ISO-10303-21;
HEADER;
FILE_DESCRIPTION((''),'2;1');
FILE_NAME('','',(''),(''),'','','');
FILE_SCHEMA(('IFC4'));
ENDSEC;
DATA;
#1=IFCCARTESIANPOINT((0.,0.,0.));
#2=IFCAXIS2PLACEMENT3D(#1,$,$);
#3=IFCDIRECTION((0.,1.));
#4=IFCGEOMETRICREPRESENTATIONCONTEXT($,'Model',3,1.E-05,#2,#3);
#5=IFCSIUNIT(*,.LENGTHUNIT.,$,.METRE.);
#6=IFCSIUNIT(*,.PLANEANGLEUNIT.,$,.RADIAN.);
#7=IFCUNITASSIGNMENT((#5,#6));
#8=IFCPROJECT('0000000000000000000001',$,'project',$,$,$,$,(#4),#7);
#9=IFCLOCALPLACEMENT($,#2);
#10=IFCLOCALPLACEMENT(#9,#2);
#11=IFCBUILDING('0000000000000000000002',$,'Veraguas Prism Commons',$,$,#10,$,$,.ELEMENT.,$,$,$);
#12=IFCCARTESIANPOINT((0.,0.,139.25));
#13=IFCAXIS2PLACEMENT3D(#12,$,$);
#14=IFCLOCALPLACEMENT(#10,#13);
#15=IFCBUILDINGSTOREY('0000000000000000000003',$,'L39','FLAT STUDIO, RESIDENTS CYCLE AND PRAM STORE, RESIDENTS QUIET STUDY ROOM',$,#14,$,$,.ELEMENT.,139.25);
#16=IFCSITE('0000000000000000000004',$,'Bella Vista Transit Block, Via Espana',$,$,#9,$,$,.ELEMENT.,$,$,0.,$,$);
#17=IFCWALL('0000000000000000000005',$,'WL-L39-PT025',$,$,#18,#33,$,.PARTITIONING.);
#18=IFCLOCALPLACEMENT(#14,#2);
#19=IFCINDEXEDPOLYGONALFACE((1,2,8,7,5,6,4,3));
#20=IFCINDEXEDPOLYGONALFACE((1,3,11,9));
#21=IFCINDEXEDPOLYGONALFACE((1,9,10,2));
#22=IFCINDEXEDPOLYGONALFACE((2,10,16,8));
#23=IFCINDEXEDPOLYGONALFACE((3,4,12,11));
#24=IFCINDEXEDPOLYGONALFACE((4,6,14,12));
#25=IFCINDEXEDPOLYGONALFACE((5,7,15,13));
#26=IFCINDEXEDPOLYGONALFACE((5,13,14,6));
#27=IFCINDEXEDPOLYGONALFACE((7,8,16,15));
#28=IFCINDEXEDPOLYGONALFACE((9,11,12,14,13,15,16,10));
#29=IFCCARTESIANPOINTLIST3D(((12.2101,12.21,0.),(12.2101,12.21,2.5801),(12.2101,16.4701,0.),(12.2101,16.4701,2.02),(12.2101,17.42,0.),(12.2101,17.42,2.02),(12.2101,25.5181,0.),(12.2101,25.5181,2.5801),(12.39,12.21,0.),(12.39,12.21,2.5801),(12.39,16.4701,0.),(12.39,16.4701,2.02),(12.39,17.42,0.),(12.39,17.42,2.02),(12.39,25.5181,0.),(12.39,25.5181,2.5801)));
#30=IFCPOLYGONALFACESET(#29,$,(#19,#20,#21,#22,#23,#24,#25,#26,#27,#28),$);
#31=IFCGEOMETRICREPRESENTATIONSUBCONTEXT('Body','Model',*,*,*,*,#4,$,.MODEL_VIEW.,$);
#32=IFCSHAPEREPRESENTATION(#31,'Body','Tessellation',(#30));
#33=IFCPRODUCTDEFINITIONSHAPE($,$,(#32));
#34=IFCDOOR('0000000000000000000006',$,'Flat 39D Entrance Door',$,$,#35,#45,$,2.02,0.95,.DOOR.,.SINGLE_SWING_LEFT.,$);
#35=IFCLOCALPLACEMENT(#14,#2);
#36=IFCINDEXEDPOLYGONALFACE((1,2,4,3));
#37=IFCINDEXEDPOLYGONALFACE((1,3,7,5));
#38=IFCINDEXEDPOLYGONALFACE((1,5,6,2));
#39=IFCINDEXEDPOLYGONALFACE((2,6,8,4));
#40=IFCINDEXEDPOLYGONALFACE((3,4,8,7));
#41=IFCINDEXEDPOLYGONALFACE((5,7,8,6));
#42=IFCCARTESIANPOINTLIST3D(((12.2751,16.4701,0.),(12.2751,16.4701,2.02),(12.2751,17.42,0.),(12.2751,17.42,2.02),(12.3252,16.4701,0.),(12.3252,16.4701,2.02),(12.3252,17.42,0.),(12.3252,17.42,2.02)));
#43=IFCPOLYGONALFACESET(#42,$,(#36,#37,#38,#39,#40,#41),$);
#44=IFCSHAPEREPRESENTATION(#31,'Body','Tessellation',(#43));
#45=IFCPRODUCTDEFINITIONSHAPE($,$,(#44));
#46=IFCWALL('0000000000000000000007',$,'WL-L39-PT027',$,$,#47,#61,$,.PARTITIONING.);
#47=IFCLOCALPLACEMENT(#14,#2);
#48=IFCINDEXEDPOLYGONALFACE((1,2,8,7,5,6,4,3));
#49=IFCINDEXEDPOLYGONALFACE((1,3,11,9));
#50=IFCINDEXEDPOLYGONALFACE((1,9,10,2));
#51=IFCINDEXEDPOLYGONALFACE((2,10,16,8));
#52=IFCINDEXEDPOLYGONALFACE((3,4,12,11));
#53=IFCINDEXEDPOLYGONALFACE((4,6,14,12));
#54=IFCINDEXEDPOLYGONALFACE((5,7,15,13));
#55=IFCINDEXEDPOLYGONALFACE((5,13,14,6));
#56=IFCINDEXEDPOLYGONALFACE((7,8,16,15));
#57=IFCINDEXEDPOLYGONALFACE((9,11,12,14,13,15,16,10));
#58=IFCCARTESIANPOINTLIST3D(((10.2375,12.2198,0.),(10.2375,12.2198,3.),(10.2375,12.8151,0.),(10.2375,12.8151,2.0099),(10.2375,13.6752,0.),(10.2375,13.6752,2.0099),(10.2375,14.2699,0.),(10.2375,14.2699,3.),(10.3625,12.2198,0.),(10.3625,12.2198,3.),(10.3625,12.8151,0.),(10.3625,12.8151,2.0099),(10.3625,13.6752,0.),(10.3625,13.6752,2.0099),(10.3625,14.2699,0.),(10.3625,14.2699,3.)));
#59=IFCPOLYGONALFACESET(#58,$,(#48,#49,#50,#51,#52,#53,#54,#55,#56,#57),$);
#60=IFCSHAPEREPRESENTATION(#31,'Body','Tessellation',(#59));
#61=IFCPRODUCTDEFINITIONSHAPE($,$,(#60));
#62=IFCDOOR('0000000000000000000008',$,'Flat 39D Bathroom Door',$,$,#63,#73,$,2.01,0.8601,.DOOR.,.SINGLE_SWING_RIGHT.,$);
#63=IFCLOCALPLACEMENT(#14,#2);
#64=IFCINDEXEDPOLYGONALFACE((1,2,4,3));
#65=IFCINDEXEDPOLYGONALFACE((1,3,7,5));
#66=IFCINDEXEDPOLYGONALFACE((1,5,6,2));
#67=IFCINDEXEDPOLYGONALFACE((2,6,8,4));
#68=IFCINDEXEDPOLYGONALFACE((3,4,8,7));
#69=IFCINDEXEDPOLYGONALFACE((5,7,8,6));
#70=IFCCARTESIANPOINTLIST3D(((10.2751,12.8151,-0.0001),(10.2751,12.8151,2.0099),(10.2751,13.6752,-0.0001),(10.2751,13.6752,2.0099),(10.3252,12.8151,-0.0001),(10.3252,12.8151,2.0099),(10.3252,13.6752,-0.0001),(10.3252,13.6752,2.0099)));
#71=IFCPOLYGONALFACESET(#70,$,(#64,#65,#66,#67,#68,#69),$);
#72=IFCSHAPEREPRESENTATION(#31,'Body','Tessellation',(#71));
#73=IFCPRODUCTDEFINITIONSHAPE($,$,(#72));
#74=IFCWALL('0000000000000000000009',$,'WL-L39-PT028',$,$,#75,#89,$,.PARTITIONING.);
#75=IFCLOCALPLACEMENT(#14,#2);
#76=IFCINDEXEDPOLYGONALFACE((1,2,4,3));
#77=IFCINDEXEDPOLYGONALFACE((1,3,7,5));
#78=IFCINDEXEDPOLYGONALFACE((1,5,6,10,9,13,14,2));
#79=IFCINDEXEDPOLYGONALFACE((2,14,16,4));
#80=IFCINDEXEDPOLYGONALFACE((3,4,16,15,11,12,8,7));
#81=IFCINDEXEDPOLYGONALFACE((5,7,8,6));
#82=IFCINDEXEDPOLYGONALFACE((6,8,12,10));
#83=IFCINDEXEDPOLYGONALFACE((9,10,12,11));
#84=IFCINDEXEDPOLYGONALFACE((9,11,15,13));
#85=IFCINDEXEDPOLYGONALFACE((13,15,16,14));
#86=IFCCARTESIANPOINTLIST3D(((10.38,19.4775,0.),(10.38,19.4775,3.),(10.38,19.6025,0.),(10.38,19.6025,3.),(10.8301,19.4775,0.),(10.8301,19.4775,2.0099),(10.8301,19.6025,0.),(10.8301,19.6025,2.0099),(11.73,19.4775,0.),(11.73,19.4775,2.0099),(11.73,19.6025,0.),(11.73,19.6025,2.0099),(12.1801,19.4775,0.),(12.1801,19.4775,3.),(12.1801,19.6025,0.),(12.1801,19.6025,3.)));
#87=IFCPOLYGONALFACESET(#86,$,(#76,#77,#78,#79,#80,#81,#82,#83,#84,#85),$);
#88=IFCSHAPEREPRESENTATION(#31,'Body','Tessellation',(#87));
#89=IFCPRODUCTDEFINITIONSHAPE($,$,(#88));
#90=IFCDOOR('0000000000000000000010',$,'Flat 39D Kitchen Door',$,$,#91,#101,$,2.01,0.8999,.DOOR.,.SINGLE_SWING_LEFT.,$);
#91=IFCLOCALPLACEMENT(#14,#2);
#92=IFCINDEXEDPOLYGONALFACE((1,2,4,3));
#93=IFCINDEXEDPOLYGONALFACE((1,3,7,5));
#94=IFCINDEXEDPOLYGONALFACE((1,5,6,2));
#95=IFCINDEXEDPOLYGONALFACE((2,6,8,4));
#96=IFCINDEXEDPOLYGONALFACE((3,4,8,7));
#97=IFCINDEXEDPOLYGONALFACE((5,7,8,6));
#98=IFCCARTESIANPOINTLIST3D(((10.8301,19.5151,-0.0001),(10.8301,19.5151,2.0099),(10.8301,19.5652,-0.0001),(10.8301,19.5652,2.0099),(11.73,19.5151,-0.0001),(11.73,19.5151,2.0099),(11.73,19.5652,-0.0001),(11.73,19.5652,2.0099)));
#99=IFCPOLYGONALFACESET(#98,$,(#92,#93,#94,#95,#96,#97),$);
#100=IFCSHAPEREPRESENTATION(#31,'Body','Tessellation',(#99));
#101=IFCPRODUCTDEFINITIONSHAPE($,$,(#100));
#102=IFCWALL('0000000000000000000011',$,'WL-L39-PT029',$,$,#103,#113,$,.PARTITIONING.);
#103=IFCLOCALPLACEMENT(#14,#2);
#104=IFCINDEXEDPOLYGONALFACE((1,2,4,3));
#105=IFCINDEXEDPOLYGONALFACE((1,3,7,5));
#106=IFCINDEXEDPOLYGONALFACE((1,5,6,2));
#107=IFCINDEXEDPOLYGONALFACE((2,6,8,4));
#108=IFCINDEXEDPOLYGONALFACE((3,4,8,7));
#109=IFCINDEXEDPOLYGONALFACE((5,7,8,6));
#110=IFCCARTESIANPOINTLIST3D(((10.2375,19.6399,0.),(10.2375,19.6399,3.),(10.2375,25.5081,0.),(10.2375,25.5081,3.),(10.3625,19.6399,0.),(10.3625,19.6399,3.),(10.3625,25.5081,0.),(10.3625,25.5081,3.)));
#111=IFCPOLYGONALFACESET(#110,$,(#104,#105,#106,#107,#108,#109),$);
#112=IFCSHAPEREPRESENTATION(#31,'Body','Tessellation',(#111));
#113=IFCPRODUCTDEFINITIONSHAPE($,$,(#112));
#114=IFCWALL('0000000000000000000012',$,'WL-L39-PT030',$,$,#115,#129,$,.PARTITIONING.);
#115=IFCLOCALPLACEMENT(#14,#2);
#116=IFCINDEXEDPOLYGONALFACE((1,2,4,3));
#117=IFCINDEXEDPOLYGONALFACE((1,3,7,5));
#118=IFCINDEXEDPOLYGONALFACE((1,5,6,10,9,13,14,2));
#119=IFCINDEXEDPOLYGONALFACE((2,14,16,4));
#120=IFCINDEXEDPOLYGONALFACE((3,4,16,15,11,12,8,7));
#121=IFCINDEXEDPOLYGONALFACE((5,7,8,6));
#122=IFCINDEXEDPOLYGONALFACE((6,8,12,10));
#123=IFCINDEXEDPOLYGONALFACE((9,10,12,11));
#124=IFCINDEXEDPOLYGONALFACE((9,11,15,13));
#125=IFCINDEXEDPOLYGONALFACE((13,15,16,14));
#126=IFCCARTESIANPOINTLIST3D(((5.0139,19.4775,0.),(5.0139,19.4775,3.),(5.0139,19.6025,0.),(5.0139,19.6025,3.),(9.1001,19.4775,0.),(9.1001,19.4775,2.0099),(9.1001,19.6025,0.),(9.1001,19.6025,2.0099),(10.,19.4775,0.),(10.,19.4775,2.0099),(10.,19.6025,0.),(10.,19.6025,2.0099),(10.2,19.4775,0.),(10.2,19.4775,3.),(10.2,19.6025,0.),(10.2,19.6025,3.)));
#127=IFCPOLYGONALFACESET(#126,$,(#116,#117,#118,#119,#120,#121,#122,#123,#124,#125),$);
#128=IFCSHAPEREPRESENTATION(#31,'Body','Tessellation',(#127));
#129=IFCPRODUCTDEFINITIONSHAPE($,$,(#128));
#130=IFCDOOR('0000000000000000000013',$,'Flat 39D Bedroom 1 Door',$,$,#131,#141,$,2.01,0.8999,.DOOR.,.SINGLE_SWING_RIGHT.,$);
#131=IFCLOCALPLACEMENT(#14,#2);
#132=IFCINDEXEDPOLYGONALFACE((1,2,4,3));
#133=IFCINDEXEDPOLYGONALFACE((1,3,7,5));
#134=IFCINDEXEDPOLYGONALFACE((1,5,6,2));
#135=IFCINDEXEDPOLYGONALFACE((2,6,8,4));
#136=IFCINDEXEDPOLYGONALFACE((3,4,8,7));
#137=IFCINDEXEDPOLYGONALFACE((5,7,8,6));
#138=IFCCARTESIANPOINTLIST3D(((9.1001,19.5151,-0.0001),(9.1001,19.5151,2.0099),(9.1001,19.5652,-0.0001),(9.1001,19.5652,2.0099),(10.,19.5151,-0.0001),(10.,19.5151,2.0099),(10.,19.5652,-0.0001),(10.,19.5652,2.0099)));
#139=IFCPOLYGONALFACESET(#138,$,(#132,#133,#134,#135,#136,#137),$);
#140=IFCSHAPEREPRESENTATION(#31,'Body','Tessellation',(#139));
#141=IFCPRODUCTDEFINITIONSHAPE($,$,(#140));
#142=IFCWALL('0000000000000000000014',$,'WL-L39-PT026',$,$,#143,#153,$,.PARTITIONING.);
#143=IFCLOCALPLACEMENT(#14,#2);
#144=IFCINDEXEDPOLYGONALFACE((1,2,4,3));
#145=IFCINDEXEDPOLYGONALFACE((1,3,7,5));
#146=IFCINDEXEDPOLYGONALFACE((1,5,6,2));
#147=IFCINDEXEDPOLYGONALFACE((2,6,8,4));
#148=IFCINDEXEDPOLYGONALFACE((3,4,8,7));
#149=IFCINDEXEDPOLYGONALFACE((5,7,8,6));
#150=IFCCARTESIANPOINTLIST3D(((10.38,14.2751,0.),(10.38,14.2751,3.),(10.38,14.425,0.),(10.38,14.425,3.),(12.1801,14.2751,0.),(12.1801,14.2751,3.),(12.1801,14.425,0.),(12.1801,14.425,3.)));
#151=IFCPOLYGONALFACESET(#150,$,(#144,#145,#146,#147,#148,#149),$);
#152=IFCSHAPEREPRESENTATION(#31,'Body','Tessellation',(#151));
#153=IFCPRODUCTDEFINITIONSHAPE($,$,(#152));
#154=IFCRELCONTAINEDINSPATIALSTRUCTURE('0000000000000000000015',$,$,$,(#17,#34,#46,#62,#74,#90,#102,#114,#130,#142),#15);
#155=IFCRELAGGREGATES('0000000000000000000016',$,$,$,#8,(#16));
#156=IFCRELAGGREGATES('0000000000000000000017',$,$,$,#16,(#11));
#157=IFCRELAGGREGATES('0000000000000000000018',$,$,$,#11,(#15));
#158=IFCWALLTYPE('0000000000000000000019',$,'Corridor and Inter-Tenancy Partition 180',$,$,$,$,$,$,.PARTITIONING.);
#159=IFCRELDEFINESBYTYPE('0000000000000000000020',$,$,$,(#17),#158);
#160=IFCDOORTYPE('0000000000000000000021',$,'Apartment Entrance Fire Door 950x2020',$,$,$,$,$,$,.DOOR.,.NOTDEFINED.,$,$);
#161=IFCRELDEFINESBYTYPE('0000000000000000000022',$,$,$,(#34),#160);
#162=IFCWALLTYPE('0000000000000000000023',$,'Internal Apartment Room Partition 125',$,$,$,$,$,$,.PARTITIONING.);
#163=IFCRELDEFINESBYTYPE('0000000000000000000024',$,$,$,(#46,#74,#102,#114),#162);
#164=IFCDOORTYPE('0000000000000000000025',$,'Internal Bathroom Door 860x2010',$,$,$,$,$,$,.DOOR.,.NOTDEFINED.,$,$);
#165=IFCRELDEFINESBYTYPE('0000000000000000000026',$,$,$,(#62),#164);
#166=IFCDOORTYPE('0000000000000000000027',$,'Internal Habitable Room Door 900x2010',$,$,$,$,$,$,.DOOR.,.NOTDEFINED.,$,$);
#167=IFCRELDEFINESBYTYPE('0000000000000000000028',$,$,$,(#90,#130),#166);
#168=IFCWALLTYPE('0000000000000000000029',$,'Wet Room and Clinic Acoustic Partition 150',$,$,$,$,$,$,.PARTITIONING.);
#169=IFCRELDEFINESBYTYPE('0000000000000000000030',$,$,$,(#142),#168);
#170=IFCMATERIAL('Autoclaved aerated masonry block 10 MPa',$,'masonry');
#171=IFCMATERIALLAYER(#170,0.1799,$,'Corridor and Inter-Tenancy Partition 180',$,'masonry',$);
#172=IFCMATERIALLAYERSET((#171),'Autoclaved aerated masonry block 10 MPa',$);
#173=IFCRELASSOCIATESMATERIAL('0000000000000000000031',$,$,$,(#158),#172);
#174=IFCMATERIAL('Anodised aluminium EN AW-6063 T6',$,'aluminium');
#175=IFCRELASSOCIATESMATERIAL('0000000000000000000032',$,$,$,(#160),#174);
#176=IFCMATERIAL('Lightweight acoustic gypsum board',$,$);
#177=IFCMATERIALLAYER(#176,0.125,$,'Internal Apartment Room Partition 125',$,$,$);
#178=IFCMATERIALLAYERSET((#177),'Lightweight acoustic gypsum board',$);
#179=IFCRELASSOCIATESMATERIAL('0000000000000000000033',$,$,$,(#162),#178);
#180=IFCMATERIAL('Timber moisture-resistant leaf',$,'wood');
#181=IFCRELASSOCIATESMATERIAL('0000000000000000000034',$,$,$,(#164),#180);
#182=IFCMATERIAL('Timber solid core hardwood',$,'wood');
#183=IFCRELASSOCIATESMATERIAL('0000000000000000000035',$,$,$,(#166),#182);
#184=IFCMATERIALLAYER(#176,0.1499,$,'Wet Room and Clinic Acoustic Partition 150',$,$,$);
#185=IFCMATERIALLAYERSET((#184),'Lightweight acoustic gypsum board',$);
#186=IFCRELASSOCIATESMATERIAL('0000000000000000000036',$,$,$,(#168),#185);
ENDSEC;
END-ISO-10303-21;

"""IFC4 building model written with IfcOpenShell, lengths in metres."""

from ifc_helpers import new_model, si_unit, direction, frame, frame_2d, origin, place, context, subcontext, project, spatial, rectangle, extrude, source, transform, mapped, material, layer, layer_set, type_object, element, fill, save


model = new_model("IFC4")

# Units and contexts
model_context = context("Model", 3, precision=1e-05, world=origin(), true_north=direction((0.0, 1.0)))
body_context = subcontext(model_context, "Body", "Model", "MODEL_VIEW")
ifc_project = project(units=[si_unit("LENGTHUNIT", "METRE"), si_unit("PLANEANGLEUNIT", "RADIAN")], contexts=[model_context])

# Site, building, storey
site_placement = place(None, origin())
site = spatial("IfcSite", under=ifc_project, at=site_placement, Name="Bella Vista Transit Block, Via Espana", CompositionType="ELEMENT", RefElevation=0.0)
building_placement = place(site_placement, origin())
building = spatial("IfcBuilding", under=site, at=building_placement, Name="Veraguas Prism Commons", CompositionType="ELEMENT")
storey_placement = place(building_placement, frame((0.0, 0.0, 139.25)))
storey = spatial("IfcBuildingStorey", under=building, at=storey_placement, Name="L39", Description="FLAT STUDIO, RESIDENTS CYCLE AND PRAM STORE, RESIDENTS QUIET STUDY ROOM", CompositionType="ELEMENT", Elevation=139.25)

# Shared definitions
ifc_material_1 = material(Name="Anodised aluminium EN AW-6063 T6", Category="aluminium")

# Walls, openings, doors
ifc_material_2 = material(Name="Autoclaved aerated masonry block 10 MPa", Category="masonry")
ifc_layer_1 = layer(ifc_material_2, 0.1799, Name="Corridor and Inter-Tenancy Partition 180", Category="masonry")
ifc_layer_set_1 = layer_set([ifc_layer_1], Name="Autoclaved aerated masonry block 10 MPa")
wall_type_1 = type_object("IfcWallType", Name="Corridor and Inter-Tenancy Partition 180", PredefinedType="PARTITIONING", material=ifc_layer_set_1)
wall_1_placement = place(storey_placement, frame((12.3, 12.21, 0.0), z_axis=(0.0, 0.0, 1.0), x_axis=(0.0, 1.0, 0.0)))
wall_1 = element("IfcWall", 1, at=wall_1_placement, inside=storey, type_object=wall_type_1, Name="WL-L39-PT025", PredefinedType="PARTITIONING", context=body_context, shape_type="SweptSolid", body=[
    extrude(rectangle(XDim=13.3081, YDim=0.1799, at=frame_2d((6.6541, 0.0))), origin(), (0.0, 0.0, 1.0), 2.5801),
])
opening_1_placement = place(wall_1_placement, frame((4.26, 0.0, 0.0)))
opening_1 = element("IfcOpeningElement", 2, at=opening_1_placement, cuts=wall_1, PredefinedType="OPENING", context=body_context, shape_type="SweptSolid", body=[
    extrude(rectangle(XDim=0.95, YDim=2.02, at=frame_2d((0.4751, 1.01))), frame((0.0, 0.0999, 0.0), z_axis=(0.0, -1.0, 0.0), x_axis=(1.0, 0.0, 0.0)), (0.0, 0.0, 1.0), 0.2),
])
door_type_1 = type_object("IfcDoorType", Name="Apartment Entrance Fire Door 950x2020", OperationType="NOTDEFINED", PredefinedType="DOOR", material=ifc_material_1)
shared_shape_1 = source(origin(), body_context, "Body", "SweptSolid", [
    extrude(rectangle(XDim=0.95, YDim=2.02, at=frame_2d((0.4751, 1.01))), frame((0.0, 0.0249, 0.0), z_axis=(0.0, -1.0, 0.0), x_axis=(1.0, 0.0, 0.0)), (0.0, 0.0, 1.0), 0.05),
])
door_1_placement = place(opening_1_placement, origin())
door_1 = element("IfcDoor", 3, at=door_1_placement, inside=storey, type_object=door_type_1, Name="Flat 39D Entrance Door", OperationType="SINGLE_SWING_LEFT", OverallHeight=2.02, OverallWidth=0.95, PredefinedType="DOOR", context=body_context, shape_type="MappedRepresentation", body=[
    mapped(shared_shape_1, transform((0.0, 0.0, 0.0), scale=1.0)),
])
fill(opening_1, door_1)
ifc_material_3 = material(Name="Lightweight acoustic gypsum board")
ifc_layer_2 = layer(ifc_material_3, 0.125, Name="Internal Apartment Room Partition 125")
ifc_layer_set_2 = layer_set([ifc_layer_2], Name="Lightweight acoustic gypsum board")
wall_type_2 = type_object("IfcWallType", Name="Internal Apartment Room Partition 125", PredefinedType="PARTITIONING", material=ifc_layer_set_2)
wall_2_placement = place(storey_placement, frame((10.3, 12.22, 0.0), z_axis=(0.0, 0.0, 1.0), x_axis=(0.0, 1.0, 0.0)))
wall_2 = element("IfcWall", 4, at=wall_2_placement, inside=storey, type_object=wall_type_2, Name="WL-L39-PT027", PredefinedType="PARTITIONING", context=body_context, shape_type="SweptSolid", body=[
    extrude(rectangle(XDim=2.05, YDim=0.125, at=frame_2d((1.0249, 0.0))), origin(), (0.0, 0.0, 1.0), 3.0),
])
opening_2_placement = place(wall_2_placement, frame((0.595, 0.0, 0.0)))
opening_2 = element("IfcOpeningElement", 5, at=opening_2_placement, cuts=wall_2, PredefinedType="OPENING", context=body_context, shape_type="SweptSolid", body=[
    extrude(rectangle(XDim=0.8601, YDim=2.01, at=frame_2d((0.4302, 1.0049))), frame((0.0, 0.0725, 0.0), z_axis=(0.0, -1.0, 0.0), x_axis=(1.0, 0.0, 0.0)), (0.0, 0.0, 1.0), 0.145),
])
ifc_material_4 = material(Name="Timber moisture-resistant leaf", Category="wood")
door_type_2 = type_object("IfcDoorType", Name="Internal Bathroom Door 860x2010", OperationType="NOTDEFINED", PredefinedType="DOOR", material=ifc_material_4)
shared_shape_2 = source(origin(), body_context, "Body", "SweptSolid", [
    extrude(rectangle(XDim=0.8601, YDim=2.01, at=frame_2d((0.4302, 1.0049))), frame((0.0, 0.0249, 0.0), z_axis=(0.0, -1.0, 0.0), x_axis=(1.0, 0.0, 0.0)), (0.0, 0.0, 1.0), 0.05),
])
door_2_placement = place(opening_2_placement, origin())
door_2 = element("IfcDoor", 6, at=door_2_placement, inside=storey, type_object=door_type_2, Name="Flat 39D Bathroom Door", OperationType="SINGLE_SWING_RIGHT", OverallHeight=2.01, OverallWidth=0.8601, PredefinedType="DOOR", context=body_context, shape_type="MappedRepresentation", body=[
    mapped(shared_shape_2, transform((0.0, 0.0, 0.0), scale=1.0)),
])
fill(opening_2, door_2)
wall_3_placement = place(storey_placement, frame((12.1799, 19.54, 0.0), z_axis=(0.0, 0.0, 1.0), x_axis=(-1.0, 0.0, 0.0)))
wall_3 = element("IfcWall", 7, at=wall_3_placement, inside=storey, type_object=wall_type_2, Name="WL-L39-PT028", PredefinedType="PARTITIONING", context=body_context, shape_type="SweptSolid", body=[
    extrude(rectangle(XDim=1.8, YDim=0.125, at=frame_2d((0.8999, 0.0))), origin(), (0.0, 0.0, 1.0), 3.0),
])
opening_3_placement = place(wall_3_placement, frame((0.45, 0.0, 0.0)))
opening_3 = element("IfcOpeningElement", 8, at=opening_3_placement, cuts=wall_3, PredefinedType="OPENING", context=body_context, shape_type="SweptSolid", body=[
    extrude(rectangle(XDim=0.8999, YDim=2.01, at=frame_2d((0.45, 1.0049))), frame((0.0, 0.0725, 0.0), z_axis=(0.0, -1.0, 0.0), x_axis=(1.0, 0.0, 0.0)), (0.0, 0.0, 1.0), 0.145),
])
ifc_material_5 = material(Name="Timber solid core hardwood", Category="wood")
door_type_3 = type_object("IfcDoorType", Name="Internal Habitable Room Door 900x2010", OperationType="NOTDEFINED", PredefinedType="DOOR", material=ifc_material_5)
shared_shape_3 = source(origin(), body_context, "Body", "SweptSolid", [
    extrude(rectangle(XDim=0.8999, YDim=2.01, at=frame_2d((0.45, 1.0049))), frame((0.0, 0.0249, 0.0), z_axis=(0.0, -1.0, 0.0), x_axis=(1.0, 0.0, 0.0)), (0.0, 0.0, 1.0), 0.05),
])
door_3_placement = place(opening_3_placement, origin())
door_3 = element("IfcDoor", 9, at=door_3_placement, inside=storey, type_object=door_type_3, Name="Flat 39D Kitchen Door", OperationType="SINGLE_SWING_LEFT", OverallHeight=2.01, OverallWidth=0.8999, PredefinedType="DOOR", context=body_context, shape_type="MappedRepresentation", body=[
    mapped(shared_shape_3, transform((0.0, 0.0, 0.0), scale=1.0)),
])
fill(opening_3, door_3)

# Wall
wall_4_placement = place(storey_placement, frame((10.3, 19.6399, 0.0), z_axis=(0.0, 0.0, 1.0), x_axis=(0.0, 1.0, 0.0)))
element("IfcWall", 10, at=wall_4_placement, inside=storey, type_object=wall_type_2, Name="WL-L39-PT029", PredefinedType="PARTITIONING", context=body_context, shape_type="SweptSolid", body=[
    extrude(rectangle(XDim=5.8682, YDim=0.125, at=frame_2d((2.9341, 0.0))), origin(), (0.0, 0.0, 1.0), 3.0),
])

# Wall, opening, door
wall_5_placement = place(storey_placement, frame((10.2, 19.54, 0.0), z_axis=(0.0, 0.0, 1.0), x_axis=(-1.0, 0.0, 0.0)))
wall_5 = element("IfcWall", 11, at=wall_5_placement, inside=storey, type_object=wall_type_2, Name="WL-L39-PT030", PredefinedType="PARTITIONING", context=body_context, shape_type="SweptSolid", body=[
    extrude(rectangle(XDim=5.186, YDim=0.125, at=frame_2d((2.593, 0.0))), origin(), (0.0, 0.0, 1.0), 3.0),
])
opening_4_placement = place(wall_5_placement, frame((0.2, 0.0, 0.0)))
opening_4 = element("IfcOpeningElement", 12, at=opening_4_placement, cuts=wall_5, PredefinedType="OPENING", context=body_context, shape_type="SweptSolid", body=[
    extrude(rectangle(XDim=0.8999, YDim=2.01, at=frame_2d((0.45, 1.0049))), frame((0.0, 0.0725, 0.0), z_axis=(0.0, -1.0, 0.0), x_axis=(1.0, 0.0, 0.0)), (0.0, 0.0, 1.0), 0.145),
])
door_4_placement = place(opening_4_placement, origin())
door_4 = element("IfcDoor", 13, at=door_4_placement, inside=storey, type_object=door_type_3, Name="Flat 39D Bedroom 1 Door", OperationType="SINGLE_SWING_RIGHT", OverallHeight=2.01, OverallWidth=0.8999, PredefinedType="DOOR", context=body_context, shape_type="MappedRepresentation", body=[
    mapped(shared_shape_3, transform((0.0, 0.0, 0.0), scale=1.0)),
])
fill(opening_4, door_4)

# Wall
ifc_layer_3 = layer(ifc_material_3, 0.1499, Name="Wet Room and Clinic Acoustic Partition 150")
ifc_layer_set_3 = layer_set([ifc_layer_3], Name="Lightweight acoustic gypsum board")
wall_type_3 = type_object("IfcWallType", Name="Wet Room and Clinic Acoustic Partition 150", PredefinedType="PARTITIONING", material=ifc_layer_set_3)
wall_6_placement = place(storey_placement, frame((12.1799, 14.3501, 0.0), z_axis=(0.0, 0.0, 1.0), x_axis=(-1.0, 0.0, 0.0)))
element("IfcWall", 14, at=wall_6_placement, inside=storey, type_object=wall_type_3, Name="WL-L39-PT026", PredefinedType="PARTITIONING", context=body_context, shape_type="SweptSolid", body=[
    extrude(rectangle(XDim=1.8, YDim=0.1499, at=frame_2d((0.8999, 0.0))), origin(), (0.0, 0.0, 1.0), 3.0),
])

save(model, "model.ifc")
